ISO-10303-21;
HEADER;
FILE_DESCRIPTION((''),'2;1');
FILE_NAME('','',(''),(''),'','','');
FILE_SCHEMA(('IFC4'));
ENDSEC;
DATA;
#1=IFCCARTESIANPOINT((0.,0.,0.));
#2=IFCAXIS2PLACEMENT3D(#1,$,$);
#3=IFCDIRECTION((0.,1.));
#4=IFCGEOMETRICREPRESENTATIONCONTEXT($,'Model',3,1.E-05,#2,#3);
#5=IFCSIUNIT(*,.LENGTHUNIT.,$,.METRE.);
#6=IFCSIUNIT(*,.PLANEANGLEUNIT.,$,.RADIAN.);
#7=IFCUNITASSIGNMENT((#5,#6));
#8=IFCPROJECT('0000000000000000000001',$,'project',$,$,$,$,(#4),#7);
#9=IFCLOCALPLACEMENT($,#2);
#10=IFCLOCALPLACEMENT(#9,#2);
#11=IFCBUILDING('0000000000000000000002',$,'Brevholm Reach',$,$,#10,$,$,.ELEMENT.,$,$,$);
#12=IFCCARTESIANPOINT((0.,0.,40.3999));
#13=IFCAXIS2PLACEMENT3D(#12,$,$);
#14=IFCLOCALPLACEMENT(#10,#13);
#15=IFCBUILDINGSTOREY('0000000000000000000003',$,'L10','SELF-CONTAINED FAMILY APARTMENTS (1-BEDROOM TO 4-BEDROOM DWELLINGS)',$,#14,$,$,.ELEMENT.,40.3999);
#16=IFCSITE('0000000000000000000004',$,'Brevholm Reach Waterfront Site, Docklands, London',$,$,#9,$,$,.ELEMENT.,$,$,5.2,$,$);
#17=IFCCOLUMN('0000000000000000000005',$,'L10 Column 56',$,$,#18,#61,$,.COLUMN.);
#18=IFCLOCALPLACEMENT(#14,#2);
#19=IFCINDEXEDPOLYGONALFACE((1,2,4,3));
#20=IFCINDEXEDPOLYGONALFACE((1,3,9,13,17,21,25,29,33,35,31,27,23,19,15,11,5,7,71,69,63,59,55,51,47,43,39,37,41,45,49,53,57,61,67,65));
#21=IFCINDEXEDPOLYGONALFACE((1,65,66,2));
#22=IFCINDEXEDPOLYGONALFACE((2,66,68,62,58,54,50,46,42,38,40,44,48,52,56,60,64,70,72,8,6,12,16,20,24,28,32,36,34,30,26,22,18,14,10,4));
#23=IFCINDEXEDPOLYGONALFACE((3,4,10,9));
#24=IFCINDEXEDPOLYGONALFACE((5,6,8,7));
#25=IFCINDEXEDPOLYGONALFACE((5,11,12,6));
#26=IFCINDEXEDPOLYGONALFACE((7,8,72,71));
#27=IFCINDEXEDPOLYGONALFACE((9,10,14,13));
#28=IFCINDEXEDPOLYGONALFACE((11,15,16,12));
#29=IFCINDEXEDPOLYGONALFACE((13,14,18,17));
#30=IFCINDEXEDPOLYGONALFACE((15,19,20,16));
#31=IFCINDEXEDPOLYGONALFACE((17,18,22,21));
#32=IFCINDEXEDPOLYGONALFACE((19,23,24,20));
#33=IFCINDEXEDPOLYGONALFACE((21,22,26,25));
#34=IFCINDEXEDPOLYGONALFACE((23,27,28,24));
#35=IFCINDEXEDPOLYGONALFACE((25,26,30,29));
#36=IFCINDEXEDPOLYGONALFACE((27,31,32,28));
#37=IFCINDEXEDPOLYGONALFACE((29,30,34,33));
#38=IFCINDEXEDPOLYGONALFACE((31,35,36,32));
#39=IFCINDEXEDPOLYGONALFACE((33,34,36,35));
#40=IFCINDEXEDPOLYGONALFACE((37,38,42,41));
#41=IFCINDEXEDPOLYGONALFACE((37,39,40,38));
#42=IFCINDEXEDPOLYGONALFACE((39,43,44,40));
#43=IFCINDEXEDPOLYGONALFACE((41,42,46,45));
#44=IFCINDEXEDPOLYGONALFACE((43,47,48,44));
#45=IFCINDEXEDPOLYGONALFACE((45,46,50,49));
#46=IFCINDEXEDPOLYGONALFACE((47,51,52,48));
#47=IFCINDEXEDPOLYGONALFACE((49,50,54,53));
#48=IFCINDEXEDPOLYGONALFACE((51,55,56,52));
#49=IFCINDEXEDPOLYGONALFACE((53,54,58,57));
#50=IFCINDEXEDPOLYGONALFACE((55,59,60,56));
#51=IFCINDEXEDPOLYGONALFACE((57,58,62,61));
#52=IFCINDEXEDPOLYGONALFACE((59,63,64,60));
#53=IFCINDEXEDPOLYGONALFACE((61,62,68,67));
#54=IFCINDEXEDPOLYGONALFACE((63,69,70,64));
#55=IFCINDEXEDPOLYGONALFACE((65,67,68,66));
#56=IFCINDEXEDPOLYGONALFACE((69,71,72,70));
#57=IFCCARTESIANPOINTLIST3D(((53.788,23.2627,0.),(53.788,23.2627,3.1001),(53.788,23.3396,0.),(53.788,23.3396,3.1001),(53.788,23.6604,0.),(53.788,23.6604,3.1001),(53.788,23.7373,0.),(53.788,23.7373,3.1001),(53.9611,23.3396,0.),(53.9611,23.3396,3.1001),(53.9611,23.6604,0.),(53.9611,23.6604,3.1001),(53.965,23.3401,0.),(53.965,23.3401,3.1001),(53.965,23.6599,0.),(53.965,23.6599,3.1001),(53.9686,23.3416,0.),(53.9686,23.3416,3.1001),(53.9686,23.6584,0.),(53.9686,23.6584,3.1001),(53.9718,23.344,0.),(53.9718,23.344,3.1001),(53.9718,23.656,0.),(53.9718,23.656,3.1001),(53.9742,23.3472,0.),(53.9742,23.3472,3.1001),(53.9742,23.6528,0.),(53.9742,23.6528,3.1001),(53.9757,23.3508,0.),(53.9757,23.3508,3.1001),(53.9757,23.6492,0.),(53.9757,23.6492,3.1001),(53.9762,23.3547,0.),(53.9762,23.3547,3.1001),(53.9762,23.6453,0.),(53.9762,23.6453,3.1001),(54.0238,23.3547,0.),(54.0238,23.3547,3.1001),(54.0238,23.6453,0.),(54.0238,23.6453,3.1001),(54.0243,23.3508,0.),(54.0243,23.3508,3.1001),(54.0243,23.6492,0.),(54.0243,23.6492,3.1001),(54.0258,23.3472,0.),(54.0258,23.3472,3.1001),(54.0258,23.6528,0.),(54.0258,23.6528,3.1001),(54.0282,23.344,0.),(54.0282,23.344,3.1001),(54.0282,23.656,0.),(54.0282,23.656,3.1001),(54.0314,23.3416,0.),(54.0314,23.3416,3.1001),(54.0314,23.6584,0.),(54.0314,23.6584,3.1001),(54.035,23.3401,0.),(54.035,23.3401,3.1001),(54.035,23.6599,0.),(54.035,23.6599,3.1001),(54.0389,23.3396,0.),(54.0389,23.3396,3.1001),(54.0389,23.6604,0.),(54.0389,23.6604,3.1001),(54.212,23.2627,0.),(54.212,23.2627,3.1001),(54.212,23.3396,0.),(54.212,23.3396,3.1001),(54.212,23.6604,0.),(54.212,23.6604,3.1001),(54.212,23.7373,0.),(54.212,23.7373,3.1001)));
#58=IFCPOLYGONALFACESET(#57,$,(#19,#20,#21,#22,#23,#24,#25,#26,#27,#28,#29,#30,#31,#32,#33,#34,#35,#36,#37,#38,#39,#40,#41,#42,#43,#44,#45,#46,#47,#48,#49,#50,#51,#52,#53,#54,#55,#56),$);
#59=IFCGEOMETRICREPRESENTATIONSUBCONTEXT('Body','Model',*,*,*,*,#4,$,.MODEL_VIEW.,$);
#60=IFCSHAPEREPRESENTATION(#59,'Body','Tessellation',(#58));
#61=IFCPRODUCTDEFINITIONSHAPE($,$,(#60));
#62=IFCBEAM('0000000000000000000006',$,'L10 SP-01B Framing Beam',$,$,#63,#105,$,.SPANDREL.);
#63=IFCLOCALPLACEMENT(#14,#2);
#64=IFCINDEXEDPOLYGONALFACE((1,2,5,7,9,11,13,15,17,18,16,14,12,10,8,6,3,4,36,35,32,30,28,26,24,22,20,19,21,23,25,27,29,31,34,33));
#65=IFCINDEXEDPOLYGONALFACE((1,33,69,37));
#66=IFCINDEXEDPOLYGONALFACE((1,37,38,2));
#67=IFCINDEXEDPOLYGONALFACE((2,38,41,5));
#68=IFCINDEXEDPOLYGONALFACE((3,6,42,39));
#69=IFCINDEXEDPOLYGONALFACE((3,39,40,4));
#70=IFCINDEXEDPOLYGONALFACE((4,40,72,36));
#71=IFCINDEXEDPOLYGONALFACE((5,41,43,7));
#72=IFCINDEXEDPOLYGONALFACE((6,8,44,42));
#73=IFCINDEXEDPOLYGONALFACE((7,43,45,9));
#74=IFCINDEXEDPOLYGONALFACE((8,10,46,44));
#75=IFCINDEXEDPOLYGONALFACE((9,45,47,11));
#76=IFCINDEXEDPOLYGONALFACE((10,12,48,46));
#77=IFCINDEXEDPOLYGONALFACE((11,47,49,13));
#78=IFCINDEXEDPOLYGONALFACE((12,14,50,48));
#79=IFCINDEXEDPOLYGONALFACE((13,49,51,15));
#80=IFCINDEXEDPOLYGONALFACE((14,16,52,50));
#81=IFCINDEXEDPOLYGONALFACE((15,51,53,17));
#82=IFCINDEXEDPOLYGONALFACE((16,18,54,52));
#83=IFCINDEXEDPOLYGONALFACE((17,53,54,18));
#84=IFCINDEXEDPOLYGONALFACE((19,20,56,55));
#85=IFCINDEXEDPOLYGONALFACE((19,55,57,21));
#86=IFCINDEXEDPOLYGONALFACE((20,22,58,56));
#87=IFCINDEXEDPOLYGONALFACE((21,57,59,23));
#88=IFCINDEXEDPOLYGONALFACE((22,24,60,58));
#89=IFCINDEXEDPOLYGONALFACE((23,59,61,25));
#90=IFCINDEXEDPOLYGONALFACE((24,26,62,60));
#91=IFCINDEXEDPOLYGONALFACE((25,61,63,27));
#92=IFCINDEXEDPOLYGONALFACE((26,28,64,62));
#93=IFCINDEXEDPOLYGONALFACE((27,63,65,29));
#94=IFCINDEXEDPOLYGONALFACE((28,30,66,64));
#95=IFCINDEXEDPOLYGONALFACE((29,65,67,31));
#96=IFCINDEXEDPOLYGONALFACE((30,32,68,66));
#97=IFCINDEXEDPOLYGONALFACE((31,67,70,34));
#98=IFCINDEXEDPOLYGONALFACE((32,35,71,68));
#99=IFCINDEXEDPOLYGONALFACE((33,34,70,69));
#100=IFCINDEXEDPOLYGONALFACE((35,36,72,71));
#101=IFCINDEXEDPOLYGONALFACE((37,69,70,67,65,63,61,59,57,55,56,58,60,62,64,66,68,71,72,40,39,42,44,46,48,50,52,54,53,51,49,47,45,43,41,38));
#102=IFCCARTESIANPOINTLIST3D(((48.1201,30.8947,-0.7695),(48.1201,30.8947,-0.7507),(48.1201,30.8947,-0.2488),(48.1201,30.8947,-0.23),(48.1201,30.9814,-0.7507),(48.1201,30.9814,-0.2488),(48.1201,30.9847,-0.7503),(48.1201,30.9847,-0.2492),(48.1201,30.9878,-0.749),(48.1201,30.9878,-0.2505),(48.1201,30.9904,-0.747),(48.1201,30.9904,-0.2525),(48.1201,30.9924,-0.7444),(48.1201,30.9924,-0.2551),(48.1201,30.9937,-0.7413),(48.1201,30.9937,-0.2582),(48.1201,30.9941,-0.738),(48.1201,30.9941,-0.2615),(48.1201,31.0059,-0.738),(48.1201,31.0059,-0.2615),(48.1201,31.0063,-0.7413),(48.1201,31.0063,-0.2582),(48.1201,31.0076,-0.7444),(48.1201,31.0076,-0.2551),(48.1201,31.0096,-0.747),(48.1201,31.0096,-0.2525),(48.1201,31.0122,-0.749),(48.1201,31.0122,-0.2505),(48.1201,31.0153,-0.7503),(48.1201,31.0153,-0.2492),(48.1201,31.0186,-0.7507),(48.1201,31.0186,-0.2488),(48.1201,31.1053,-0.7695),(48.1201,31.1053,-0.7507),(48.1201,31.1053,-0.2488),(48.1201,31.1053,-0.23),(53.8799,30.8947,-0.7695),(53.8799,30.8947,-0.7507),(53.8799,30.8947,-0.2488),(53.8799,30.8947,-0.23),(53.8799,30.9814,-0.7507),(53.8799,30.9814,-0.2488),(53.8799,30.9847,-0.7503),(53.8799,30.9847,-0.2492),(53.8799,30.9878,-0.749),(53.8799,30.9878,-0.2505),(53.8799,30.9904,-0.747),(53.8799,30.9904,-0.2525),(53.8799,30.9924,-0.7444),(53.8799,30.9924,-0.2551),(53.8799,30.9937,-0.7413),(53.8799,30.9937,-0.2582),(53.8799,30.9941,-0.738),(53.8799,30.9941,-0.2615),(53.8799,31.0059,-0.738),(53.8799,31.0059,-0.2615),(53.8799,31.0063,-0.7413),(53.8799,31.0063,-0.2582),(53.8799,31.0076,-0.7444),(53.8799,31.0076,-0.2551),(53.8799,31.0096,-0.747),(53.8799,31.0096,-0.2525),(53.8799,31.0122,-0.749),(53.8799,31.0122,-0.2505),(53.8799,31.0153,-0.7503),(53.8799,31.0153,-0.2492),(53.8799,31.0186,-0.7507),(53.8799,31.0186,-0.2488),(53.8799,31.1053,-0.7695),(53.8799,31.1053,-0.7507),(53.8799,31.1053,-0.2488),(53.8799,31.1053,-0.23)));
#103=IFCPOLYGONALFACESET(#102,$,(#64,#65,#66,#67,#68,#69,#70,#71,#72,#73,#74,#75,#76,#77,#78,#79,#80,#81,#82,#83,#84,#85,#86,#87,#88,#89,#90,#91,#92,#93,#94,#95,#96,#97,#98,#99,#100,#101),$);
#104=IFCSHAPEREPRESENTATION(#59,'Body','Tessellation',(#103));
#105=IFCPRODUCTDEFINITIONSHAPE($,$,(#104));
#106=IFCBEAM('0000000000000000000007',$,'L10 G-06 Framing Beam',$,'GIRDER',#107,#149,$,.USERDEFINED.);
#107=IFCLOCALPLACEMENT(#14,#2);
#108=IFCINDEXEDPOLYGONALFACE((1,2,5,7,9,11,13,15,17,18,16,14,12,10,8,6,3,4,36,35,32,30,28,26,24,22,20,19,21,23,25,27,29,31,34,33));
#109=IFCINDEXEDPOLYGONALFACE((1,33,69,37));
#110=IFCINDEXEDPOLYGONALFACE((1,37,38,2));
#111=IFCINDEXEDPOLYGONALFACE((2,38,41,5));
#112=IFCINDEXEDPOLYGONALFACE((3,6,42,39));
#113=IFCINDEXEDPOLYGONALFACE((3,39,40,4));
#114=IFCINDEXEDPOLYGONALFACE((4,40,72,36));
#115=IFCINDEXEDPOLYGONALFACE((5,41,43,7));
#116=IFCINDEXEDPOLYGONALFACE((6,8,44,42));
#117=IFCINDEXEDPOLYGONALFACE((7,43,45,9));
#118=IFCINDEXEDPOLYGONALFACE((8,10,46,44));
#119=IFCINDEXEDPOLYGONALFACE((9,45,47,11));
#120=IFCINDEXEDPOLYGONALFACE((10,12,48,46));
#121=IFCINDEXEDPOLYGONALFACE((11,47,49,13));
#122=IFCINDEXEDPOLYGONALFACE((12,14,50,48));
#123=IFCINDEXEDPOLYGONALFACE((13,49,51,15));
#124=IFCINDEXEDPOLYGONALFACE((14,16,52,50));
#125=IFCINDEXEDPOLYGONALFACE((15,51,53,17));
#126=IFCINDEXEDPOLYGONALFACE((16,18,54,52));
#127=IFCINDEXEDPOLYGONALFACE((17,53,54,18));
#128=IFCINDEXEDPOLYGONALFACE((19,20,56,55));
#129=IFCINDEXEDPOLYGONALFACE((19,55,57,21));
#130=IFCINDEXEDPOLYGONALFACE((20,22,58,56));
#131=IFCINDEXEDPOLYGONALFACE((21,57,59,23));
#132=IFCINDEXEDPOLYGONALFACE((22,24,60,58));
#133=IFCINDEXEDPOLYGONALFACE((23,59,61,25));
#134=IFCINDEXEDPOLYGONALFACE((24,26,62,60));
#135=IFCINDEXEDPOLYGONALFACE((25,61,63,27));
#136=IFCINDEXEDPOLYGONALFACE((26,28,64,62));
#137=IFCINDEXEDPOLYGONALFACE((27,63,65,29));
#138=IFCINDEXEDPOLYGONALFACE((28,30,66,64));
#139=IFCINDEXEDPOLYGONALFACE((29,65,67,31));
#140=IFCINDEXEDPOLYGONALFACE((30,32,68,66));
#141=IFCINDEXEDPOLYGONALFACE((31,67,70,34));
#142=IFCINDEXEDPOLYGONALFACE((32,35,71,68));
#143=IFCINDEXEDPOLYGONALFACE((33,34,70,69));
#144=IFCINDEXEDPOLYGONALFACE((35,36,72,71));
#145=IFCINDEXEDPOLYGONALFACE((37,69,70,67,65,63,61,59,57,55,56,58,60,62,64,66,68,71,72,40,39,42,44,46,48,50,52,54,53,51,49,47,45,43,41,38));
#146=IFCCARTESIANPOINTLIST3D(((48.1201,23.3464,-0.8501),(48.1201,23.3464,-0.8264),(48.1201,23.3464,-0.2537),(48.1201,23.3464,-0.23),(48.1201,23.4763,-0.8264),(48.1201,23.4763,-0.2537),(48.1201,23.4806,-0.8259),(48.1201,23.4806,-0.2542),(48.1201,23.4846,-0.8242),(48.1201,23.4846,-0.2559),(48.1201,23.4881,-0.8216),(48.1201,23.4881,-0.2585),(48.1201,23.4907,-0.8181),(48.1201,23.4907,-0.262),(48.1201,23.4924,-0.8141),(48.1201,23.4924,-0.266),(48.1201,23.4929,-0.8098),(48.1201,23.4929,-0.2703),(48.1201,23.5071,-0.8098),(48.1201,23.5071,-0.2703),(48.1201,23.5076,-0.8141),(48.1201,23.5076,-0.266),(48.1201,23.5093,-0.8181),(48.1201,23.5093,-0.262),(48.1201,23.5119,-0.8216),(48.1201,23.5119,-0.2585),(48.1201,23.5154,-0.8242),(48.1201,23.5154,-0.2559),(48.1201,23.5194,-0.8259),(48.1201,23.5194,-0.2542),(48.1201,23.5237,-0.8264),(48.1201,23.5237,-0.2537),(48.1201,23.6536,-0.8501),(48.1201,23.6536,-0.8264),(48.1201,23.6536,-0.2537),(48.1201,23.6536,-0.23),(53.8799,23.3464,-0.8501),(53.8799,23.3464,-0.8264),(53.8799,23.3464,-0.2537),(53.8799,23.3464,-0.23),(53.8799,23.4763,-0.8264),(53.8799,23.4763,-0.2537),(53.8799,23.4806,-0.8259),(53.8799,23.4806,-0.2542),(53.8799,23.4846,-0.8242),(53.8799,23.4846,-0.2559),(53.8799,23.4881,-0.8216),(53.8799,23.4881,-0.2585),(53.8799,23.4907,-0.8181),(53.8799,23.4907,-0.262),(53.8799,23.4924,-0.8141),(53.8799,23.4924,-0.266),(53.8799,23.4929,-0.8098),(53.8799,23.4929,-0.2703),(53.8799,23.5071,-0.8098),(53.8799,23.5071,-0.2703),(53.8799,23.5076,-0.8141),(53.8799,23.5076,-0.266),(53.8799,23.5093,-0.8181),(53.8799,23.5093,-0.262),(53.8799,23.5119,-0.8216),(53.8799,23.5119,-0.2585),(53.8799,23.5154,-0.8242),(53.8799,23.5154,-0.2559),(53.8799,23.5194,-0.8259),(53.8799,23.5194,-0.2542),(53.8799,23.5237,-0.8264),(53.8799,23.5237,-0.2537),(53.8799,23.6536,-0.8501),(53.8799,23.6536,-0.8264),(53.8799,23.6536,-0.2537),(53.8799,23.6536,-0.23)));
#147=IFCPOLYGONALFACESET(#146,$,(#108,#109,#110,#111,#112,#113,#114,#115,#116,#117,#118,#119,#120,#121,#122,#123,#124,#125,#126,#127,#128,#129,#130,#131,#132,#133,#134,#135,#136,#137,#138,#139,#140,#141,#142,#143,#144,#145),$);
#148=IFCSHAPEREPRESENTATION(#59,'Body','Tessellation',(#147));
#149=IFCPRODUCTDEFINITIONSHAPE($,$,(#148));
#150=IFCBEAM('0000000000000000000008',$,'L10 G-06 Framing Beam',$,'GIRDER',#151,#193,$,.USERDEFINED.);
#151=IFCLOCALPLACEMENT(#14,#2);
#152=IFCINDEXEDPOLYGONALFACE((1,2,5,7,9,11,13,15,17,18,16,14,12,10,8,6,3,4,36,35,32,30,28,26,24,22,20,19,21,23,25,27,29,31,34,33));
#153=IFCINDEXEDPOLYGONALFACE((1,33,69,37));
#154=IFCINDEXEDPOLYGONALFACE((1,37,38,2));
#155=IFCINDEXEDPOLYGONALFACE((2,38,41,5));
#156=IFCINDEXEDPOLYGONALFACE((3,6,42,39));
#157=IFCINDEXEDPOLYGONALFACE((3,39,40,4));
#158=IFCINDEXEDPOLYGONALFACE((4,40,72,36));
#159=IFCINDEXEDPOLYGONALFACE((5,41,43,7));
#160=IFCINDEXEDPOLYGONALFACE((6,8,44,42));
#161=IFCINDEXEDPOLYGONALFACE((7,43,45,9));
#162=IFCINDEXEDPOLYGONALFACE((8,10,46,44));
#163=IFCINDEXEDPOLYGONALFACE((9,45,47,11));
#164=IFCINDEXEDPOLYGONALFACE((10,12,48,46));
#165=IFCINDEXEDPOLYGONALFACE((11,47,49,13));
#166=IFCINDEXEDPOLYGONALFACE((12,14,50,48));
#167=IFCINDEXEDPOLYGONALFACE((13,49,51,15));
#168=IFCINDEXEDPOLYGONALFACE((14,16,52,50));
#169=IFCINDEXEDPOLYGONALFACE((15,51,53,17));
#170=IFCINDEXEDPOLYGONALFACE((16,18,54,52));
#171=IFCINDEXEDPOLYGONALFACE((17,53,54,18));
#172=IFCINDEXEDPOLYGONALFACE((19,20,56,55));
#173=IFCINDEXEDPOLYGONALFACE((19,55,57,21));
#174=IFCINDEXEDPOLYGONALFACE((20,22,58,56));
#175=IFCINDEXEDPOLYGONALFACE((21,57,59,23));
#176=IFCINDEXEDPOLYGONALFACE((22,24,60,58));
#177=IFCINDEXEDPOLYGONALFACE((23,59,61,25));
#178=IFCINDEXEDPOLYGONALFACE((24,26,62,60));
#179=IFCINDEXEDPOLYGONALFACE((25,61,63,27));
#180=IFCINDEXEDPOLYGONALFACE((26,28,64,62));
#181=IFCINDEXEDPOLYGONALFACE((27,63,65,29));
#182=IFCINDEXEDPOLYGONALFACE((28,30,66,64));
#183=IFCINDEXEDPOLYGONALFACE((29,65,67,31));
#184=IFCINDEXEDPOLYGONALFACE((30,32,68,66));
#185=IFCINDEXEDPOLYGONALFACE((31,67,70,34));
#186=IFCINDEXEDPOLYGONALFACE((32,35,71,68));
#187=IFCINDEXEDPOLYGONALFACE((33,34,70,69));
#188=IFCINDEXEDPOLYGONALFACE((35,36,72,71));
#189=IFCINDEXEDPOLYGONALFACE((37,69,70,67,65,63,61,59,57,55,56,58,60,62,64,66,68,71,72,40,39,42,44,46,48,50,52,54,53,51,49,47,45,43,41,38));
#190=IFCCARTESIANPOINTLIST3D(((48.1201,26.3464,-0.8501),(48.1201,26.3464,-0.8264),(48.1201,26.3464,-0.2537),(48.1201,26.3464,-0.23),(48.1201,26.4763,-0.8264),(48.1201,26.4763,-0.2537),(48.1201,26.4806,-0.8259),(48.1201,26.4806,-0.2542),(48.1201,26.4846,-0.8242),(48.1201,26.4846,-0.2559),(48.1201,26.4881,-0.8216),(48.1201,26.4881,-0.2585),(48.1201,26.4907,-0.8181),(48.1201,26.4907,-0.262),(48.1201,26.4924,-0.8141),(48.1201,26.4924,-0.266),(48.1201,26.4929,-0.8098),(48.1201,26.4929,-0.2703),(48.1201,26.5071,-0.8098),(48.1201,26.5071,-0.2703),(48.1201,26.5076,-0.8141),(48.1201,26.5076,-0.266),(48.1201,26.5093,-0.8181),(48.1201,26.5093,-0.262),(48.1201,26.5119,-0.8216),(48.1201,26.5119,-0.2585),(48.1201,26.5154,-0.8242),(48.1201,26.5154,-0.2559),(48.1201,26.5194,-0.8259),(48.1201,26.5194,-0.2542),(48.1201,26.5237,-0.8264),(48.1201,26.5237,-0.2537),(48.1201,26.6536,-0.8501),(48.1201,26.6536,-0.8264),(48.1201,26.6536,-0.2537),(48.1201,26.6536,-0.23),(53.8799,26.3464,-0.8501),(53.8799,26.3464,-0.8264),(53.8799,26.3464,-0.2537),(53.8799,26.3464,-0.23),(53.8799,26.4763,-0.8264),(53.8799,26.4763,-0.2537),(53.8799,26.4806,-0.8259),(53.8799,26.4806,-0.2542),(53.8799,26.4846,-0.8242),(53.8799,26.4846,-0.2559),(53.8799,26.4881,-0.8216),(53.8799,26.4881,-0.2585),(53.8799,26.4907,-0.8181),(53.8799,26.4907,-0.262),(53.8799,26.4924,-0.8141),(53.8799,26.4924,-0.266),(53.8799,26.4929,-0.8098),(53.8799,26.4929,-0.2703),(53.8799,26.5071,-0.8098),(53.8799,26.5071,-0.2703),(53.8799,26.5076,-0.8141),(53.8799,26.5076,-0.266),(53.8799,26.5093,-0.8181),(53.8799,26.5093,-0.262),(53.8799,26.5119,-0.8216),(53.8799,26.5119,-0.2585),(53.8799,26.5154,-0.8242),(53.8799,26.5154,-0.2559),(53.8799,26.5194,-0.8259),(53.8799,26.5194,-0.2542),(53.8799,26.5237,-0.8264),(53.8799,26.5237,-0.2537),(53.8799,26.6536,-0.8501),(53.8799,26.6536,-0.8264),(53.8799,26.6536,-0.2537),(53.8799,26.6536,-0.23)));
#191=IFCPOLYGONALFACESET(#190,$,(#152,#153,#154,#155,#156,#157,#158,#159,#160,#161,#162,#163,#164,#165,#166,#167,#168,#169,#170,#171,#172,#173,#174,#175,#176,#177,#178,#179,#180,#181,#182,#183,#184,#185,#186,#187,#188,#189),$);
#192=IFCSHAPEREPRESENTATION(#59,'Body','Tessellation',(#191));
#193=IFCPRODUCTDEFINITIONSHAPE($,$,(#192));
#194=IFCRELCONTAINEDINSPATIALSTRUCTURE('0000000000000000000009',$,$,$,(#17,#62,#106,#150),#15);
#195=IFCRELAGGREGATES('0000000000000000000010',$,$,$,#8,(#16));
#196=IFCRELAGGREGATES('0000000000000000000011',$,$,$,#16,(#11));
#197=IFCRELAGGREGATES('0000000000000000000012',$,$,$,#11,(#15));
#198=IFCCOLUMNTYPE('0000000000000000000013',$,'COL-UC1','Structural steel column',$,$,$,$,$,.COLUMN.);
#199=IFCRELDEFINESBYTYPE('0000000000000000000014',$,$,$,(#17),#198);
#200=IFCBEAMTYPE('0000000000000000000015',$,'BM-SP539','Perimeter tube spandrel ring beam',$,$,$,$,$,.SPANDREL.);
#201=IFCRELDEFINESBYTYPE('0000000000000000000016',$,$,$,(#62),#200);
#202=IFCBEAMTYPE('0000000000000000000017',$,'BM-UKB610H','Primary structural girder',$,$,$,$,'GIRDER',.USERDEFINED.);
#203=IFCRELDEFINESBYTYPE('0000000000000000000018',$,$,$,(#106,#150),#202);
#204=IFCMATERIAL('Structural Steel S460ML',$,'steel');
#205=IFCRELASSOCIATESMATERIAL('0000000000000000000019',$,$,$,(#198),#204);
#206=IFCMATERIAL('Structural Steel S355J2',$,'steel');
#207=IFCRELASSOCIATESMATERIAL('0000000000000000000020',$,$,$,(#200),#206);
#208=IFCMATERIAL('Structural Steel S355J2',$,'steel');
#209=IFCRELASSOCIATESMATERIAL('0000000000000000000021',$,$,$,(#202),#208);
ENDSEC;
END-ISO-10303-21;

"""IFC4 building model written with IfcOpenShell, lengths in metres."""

from ifc_helpers import new_model, si_unit, direction, frame, origin, origin_2d, place, context, subcontext, project, spatial, i_section, extrude, material, material_profile, profile_set, type_object, element, save


model = new_model("IFC4")

# Units and contexts
model_context = context("Model", 3, precision=1e-05, world=origin(), true_north=direction((0.0, 1.0)))
body_context = subcontext(model_context, "Body", "Model", "MODEL_VIEW")
ifc_project = project(units=[si_unit("LENGTHUNIT", "METRE"), si_unit("PLANEANGLEUNIT", "RADIAN")], contexts=[model_context])

# Site, building, storey
site_placement = place(None, origin())
site = spatial("IfcSite", under=ifc_project, at=site_placement, Name="Brevholm Reach Waterfront Site, Docklands, London", CompositionType="ELEMENT", RefElevation=5.2)
building_placement = place(site_placement, origin())
building = spatial("IfcBuilding", under=site, at=building_placement, Name="Brevholm Reach", CompositionType="ELEMENT")
storey_placement = place(building_placement, frame((0.0, 0.0, 40.3999)))
storey = spatial("IfcBuildingStorey", under=building, at=storey_placement, Name="L10", Description="SELF-CONTAINED FAMILY APARTMENTS (1-BEDROOM TO 4-BEDROOM DWELLINGS)", CompositionType="ELEMENT", Elevation=40.3999)

# Column
ifc_material_1 = material(Name="Structural Steel S460ML", Category="steel")
ifc_material_profile_1 = material_profile(ifc_material_1, i_section(OverallWidth=0.4241, OverallDepth=0.4746, WebThickness=0.0476, FlangeThickness=0.0769, FilletRadius=0.0151, at=origin_2d()), Name="UKC 356x406x634")
ifc_profile_set_1 = profile_set([ifc_material_profile_1], Name="Structural Steel S460ML")
column_type = type_object("IfcColumnType", Name="COL-UC1", Description="Structural steel column", PredefinedType="COLUMN", material=ifc_profile_set_1)
column_placement = place(storey_placement, frame((54.0, 23.5, 0.0), z_axis=(0.0, 0.0, 1.0), x_axis=(1.0, 0.0, 0.0)))
element("IfcColumn", 1, at=column_placement, inside=storey, type_object=column_type, Name="L10 Column 56", PredefinedType="COLUMN", context=body_context, shape_type="SweptSolid", body=[
    extrude(i_section(OverallWidth=0.4241, OverallDepth=0.4746, WebThickness=0.0476, FlangeThickness=0.0769, FilletRadius=0.0151, at=origin_2d()), origin(), (0.0, 0.0, 1.0), 3.1001),
])

# Beams
ifc_material_2 = material(Name="Structural Steel S355J2", Category="steel")
ifc_material_profile_2 = material_profile(ifc_material_2, i_section(OverallWidth=0.2107, OverallDepth=0.5396, WebThickness=0.0117, FlangeThickness=0.0188, FilletRadius=0.0127, at=origin_2d()), Name="UKB 533x210x109")
ifc_profile_set_2 = profile_set([ifc_material_profile_2], Name="Structural Steel S355J2")
beam_type_1 = type_object("IfcBeamType", Name="BM-SP539", Description="Perimeter tube spandrel ring beam", PredefinedType="SPANDREL", material=ifc_profile_set_2)
beam_placement = place(storey_placement, frame((48.1201, 31.0, -0.4998), z_axis=(1.0, 0.0, 0.0), x_axis=(0.0, 1.0, 0.0)))
element("IfcBeam", 2, at=beam_placement, inside=storey, type_object=beam_type_1, Name="L10 SP-01B Framing Beam", PredefinedType="SPANDREL", context=body_context, shape_type="SweptSolid", body=[
    extrude(i_section(OverallWidth=0.2107, OverallDepth=0.5396, WebThickness=0.0117, FlangeThickness=0.0188, FilletRadius=0.0127, at=origin_2d()), origin(), (0.0, 0.0, 1.0), 5.7598),
])
ifc_material_3 = material(Name="Structural Steel S355J2", Category="steel")
ifc_material_profile_3 = material_profile(ifc_material_3, i_section(OverallWidth=0.3071, OverallDepth=0.6201, WebThickness=0.0142, FlangeThickness=0.0237, FilletRadius=0.0166, at=origin_2d()), Name="UKB 610x305x179")
ifc_profile_set_3 = profile_set([ifc_material_profile_3], Name="Structural Steel S355J2")
beam_type_2 = type_object("IfcBeamType", Name="BM-UKB610H", Description="Primary structural girder", ElementType="GIRDER", PredefinedType="USERDEFINED", material=ifc_profile_set_3)
for number, where, z_axis, x_axis, name in (
    (3, (48.1201, 23.5, -0.54), (1.0, 0.0, 0.0), (0.0, 1.0, 0.0), "L10 G-06 Framing Beam"),
    (4, (48.1201, 26.5, -0.54), (1.0, 0.0, 0.0), (0.0, 1.0, 0.0), "L10 G-06 Framing Beam"),
):
    element("IfcBeam", number, at=place(storey_placement, frame(where, z_axis=z_axis, x_axis=x_axis)), inside=storey, type_object=beam_type_2, Name=name, ObjectType="GIRDER", PredefinedType="USERDEFINED", context=body_context, shape_type="SweptSolid", body=[
        extrude(i_section(OverallWidth=0.3071, OverallDepth=0.6201, WebThickness=0.0142, FlangeThickness=0.0237, FilletRadius=0.0166, at=origin_2d()), origin(), (0.0, 0.0, 1.0), 5.7598),
    ])

save(model, "model.ifc")
